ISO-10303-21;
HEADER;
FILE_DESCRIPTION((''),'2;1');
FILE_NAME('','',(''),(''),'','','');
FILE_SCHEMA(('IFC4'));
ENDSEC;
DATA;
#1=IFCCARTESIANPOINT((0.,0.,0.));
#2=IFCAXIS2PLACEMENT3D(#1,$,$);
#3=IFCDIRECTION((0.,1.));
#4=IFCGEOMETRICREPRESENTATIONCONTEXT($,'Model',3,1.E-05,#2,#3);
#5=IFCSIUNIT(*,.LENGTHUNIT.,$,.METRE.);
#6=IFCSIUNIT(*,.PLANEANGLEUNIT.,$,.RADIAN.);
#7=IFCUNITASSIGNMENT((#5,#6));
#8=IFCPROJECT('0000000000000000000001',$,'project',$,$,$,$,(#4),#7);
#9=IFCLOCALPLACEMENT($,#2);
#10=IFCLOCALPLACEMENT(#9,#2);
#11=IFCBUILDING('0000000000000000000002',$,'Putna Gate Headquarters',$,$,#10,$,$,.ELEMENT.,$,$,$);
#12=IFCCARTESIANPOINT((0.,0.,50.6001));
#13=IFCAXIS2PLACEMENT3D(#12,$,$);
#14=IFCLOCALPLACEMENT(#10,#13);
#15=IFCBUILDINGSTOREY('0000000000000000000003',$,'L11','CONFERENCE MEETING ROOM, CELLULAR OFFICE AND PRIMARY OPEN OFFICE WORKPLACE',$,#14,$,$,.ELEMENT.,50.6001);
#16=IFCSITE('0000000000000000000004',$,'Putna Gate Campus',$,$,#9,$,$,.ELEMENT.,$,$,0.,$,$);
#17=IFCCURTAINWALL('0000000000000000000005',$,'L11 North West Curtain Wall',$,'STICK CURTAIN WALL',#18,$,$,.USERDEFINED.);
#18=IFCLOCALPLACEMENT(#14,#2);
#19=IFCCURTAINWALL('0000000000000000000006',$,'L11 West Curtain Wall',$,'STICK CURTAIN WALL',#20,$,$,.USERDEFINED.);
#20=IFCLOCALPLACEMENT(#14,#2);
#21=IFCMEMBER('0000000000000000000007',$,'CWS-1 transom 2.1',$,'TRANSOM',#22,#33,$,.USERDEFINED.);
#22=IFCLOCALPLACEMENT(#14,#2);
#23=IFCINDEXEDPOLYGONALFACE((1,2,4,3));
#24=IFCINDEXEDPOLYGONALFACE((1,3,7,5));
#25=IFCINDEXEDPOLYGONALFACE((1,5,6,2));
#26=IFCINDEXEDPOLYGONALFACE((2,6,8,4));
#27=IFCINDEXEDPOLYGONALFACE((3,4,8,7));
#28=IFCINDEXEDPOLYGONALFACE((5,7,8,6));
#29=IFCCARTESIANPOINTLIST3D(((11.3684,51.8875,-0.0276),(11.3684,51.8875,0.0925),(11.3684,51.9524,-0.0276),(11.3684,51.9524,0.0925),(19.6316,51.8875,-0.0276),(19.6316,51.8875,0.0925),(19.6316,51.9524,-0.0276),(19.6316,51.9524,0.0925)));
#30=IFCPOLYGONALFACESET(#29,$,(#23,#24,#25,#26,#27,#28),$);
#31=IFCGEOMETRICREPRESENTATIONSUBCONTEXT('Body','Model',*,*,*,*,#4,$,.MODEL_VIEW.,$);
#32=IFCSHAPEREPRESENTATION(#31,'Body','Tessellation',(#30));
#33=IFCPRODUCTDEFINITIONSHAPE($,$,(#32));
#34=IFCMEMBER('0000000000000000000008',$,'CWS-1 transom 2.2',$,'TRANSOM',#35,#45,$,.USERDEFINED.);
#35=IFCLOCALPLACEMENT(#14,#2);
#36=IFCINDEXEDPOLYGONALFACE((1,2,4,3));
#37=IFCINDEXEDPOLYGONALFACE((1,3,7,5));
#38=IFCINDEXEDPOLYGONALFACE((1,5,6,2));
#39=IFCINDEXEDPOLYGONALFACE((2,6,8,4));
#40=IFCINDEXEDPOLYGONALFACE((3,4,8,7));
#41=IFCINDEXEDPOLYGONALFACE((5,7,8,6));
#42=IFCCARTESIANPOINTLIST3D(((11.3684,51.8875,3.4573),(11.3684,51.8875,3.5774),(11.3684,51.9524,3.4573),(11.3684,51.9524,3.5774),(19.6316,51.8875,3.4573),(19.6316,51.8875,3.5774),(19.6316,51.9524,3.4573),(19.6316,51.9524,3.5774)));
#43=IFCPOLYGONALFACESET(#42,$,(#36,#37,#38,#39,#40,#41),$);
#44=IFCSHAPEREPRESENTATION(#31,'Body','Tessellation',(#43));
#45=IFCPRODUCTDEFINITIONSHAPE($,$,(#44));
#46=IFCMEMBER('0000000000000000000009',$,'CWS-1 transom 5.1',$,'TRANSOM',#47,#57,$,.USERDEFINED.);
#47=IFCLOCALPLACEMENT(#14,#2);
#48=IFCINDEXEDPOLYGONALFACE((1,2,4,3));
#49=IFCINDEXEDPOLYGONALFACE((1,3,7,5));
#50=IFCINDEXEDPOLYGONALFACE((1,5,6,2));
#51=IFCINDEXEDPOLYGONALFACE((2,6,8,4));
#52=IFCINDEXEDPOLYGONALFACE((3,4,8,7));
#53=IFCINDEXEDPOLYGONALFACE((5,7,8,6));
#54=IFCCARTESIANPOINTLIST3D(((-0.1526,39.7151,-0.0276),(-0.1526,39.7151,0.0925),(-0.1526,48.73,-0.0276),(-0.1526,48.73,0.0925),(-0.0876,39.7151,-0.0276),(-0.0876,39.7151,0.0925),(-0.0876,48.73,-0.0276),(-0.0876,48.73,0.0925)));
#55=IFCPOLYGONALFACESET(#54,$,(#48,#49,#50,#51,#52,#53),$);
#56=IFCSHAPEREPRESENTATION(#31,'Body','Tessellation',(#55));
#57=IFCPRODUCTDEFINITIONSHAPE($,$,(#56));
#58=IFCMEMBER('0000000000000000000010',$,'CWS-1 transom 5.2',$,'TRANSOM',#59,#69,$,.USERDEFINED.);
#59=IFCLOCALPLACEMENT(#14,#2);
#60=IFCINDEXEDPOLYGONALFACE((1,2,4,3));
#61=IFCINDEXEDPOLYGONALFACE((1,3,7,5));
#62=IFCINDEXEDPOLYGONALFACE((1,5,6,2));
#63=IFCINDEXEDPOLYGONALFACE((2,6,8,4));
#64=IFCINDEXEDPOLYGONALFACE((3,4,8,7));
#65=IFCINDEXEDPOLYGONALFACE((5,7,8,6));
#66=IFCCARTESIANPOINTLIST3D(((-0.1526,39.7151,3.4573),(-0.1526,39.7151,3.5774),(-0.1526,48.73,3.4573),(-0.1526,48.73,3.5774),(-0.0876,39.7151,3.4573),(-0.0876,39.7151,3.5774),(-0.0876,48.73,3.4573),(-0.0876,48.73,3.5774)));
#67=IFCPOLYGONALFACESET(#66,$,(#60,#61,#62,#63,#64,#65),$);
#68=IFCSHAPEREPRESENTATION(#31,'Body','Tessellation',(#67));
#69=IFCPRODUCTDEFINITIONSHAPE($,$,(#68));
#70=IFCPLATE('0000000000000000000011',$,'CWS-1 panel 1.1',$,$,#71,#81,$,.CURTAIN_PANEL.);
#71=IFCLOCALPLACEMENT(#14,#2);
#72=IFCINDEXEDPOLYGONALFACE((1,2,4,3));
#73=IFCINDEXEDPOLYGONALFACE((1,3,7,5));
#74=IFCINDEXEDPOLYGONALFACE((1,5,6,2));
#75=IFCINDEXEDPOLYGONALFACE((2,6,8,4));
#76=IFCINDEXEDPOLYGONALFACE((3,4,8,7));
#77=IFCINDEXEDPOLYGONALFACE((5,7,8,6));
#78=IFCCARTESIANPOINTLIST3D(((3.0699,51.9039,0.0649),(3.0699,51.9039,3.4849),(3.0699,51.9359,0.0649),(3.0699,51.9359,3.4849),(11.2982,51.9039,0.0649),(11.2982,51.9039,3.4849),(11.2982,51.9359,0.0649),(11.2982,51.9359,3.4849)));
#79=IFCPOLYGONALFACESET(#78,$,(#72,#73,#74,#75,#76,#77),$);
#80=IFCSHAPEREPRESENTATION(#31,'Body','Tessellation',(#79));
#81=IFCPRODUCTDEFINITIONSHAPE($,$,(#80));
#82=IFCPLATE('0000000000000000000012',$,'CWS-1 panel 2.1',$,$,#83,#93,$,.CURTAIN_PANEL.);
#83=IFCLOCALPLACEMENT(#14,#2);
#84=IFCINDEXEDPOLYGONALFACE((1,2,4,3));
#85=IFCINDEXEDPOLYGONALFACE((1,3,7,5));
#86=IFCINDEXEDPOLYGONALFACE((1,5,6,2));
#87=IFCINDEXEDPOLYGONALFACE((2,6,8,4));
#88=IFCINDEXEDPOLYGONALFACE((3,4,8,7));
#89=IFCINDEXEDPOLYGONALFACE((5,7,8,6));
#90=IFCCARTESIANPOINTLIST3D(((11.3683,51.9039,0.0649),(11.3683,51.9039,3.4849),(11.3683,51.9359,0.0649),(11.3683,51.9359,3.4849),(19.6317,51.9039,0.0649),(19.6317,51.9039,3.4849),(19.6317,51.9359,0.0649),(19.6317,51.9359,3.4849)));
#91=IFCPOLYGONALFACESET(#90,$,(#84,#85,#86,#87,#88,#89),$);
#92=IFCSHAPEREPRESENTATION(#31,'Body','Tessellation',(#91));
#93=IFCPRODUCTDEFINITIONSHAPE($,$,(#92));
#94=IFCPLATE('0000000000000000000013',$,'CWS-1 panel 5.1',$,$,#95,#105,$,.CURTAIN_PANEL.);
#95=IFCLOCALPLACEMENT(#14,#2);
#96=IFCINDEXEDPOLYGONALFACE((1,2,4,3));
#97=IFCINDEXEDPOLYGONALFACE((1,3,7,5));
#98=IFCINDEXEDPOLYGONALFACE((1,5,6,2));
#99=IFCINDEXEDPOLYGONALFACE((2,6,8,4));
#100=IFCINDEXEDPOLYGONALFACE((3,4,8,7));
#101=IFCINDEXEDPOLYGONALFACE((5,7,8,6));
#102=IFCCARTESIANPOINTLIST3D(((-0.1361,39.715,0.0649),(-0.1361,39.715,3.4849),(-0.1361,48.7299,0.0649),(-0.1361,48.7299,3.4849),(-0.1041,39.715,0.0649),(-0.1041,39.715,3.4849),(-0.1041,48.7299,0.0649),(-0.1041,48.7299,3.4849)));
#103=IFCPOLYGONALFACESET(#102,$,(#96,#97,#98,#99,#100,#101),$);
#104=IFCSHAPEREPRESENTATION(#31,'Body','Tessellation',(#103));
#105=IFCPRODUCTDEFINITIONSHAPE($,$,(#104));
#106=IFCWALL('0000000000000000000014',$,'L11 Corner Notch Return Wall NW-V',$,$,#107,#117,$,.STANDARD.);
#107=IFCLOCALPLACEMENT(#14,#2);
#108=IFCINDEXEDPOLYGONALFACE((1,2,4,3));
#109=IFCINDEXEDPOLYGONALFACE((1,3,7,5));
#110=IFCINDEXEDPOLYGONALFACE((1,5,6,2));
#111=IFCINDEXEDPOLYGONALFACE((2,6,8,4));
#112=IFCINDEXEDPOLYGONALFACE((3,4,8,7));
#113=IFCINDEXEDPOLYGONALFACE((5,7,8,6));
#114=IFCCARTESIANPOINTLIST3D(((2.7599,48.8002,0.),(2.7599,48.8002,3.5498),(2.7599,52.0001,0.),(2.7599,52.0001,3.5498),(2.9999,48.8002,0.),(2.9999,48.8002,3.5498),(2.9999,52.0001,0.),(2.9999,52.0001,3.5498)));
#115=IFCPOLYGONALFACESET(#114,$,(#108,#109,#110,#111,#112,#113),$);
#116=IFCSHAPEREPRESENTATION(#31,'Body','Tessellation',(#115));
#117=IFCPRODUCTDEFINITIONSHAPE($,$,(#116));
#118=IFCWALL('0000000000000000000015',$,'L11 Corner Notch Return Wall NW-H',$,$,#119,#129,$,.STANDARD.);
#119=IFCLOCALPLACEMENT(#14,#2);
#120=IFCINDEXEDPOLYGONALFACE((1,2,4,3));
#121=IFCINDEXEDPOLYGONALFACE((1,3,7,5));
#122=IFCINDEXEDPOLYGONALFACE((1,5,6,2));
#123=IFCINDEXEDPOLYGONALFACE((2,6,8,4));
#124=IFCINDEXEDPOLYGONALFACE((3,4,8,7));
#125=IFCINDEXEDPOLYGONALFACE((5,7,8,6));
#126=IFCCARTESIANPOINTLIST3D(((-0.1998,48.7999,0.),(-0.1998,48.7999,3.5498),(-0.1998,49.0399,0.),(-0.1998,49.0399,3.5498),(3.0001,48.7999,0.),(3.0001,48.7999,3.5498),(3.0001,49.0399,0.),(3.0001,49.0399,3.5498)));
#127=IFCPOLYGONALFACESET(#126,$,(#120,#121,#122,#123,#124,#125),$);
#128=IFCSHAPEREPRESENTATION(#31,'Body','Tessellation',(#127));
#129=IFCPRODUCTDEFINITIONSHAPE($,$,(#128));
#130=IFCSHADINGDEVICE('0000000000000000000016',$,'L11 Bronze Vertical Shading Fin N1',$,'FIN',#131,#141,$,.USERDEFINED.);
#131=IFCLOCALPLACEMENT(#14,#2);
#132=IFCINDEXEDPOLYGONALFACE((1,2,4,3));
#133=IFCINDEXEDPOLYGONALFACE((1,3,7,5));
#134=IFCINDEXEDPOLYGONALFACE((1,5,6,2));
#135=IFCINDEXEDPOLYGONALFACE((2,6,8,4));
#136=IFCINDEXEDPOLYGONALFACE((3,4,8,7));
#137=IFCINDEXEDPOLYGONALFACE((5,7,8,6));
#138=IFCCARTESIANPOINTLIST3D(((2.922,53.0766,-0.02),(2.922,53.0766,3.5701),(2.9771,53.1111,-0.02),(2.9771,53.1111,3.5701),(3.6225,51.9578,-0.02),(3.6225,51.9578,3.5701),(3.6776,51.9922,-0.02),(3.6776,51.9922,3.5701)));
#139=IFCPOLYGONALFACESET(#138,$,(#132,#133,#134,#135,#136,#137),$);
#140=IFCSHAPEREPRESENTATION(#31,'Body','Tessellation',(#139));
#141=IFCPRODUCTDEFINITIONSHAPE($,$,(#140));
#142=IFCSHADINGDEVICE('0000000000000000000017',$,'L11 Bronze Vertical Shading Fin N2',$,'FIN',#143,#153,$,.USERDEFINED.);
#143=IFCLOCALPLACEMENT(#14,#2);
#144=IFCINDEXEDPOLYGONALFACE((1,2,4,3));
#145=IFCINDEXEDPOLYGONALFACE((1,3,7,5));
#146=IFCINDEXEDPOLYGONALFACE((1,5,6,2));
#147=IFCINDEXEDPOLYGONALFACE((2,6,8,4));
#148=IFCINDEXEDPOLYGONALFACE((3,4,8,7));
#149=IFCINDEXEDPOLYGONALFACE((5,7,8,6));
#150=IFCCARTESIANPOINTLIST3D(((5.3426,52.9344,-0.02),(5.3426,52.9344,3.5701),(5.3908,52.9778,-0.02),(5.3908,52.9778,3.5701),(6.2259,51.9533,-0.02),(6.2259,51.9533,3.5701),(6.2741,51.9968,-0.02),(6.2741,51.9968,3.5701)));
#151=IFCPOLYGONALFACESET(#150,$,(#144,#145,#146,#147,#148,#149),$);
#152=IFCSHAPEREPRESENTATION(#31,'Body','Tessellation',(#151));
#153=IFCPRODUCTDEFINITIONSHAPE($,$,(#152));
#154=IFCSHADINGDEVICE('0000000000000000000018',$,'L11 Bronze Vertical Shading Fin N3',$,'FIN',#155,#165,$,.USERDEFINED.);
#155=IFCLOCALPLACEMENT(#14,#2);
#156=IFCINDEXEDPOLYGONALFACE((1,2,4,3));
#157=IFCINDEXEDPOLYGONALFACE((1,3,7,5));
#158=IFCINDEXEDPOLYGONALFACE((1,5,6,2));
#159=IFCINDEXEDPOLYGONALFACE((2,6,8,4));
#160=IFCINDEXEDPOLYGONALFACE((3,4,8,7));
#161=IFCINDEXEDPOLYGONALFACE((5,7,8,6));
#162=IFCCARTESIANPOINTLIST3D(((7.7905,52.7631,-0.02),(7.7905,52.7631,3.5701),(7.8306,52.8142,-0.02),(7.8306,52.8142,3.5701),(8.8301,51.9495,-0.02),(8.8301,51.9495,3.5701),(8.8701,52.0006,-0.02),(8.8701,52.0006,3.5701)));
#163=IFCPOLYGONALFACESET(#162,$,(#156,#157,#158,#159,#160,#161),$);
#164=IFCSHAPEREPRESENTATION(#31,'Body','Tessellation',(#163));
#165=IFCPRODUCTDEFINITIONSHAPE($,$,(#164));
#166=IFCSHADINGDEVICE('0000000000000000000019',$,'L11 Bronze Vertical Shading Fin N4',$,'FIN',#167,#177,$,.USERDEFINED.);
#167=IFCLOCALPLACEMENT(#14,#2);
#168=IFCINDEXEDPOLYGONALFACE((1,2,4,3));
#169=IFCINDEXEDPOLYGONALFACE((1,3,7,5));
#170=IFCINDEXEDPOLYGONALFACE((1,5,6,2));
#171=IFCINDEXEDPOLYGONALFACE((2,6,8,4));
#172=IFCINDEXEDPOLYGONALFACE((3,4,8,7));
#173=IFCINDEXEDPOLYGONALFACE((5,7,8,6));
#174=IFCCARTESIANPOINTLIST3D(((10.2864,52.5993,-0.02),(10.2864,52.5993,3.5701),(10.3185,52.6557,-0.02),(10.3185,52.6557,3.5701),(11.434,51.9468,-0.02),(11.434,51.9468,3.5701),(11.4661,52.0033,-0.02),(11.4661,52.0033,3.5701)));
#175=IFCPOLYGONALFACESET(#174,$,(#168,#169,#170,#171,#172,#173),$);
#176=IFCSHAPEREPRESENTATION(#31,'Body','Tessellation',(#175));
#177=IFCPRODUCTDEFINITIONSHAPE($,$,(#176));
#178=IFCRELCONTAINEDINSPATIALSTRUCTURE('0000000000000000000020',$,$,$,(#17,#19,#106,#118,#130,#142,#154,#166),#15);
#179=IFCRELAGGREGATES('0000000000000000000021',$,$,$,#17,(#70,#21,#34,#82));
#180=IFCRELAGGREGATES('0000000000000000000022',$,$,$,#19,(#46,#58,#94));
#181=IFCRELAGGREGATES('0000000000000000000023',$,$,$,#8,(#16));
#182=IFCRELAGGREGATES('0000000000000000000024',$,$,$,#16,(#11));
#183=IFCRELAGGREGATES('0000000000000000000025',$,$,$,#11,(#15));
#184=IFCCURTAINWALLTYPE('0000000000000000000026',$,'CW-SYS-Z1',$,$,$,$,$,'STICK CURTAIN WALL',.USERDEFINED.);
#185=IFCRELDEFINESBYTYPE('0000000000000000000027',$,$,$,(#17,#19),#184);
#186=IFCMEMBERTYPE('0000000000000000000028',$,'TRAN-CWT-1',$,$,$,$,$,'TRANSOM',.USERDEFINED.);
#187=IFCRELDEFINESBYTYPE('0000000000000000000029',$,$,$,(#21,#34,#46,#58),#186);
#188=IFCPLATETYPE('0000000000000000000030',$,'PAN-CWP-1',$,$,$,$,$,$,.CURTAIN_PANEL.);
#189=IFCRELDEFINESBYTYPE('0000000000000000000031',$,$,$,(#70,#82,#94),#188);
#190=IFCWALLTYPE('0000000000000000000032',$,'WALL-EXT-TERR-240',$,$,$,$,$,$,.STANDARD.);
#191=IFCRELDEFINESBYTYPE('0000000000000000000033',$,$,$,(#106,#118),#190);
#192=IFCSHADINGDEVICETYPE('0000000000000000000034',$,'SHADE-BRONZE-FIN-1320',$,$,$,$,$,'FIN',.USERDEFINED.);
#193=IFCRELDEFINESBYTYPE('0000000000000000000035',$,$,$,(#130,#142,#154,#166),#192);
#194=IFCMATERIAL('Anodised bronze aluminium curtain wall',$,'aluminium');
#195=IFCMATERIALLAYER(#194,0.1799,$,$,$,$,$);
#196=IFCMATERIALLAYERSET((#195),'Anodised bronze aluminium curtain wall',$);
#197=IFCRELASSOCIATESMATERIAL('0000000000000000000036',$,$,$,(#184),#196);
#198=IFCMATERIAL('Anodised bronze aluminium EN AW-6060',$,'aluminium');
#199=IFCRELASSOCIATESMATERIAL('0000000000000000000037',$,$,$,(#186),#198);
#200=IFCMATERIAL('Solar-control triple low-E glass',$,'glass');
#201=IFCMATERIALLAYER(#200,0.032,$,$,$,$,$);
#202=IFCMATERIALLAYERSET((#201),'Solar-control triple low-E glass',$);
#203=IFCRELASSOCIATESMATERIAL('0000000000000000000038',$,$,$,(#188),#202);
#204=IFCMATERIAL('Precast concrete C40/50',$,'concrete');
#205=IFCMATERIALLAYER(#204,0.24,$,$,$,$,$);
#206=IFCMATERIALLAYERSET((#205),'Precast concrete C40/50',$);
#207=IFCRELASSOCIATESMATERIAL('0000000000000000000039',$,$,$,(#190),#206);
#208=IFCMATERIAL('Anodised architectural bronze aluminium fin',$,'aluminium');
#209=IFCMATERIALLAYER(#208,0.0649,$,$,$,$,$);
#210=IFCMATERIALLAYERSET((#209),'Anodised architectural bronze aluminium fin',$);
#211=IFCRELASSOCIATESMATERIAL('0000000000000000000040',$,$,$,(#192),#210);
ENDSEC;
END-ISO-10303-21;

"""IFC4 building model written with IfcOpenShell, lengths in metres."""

from ifc_helpers import new_model, si_unit, direction, frame, frame_2d, origin, origin_2d, place, context, subcontext, project, spatial, rectangle, extrude, material, layer, layer_set, material_profile, profile_set, type_object, element, aggregate, save


model = new_model("IFC4")

# Units and contexts
model_context = context("Model", 3, precision=1e-05, world=origin(), true_north=direction((0.0, 1.0)))
body_context = subcontext(model_context, "Body", "Model", "MODEL_VIEW")
ifc_project = project(units=[si_unit("LENGTHUNIT", "METRE"), si_unit("PLANEANGLEUNIT", "RADIAN")], contexts=[model_context])

# Site, building, storey
site_placement = place(None, origin())
site = spatial("IfcSite", under=ifc_project, at=site_placement, Name="Putna Gate Campus", CompositionType="ELEMENT", RefElevation=0.0)
building_placement = place(site_placement, origin())
building = spatial("IfcBuilding", under=site, at=building_placement, Name="Putna Gate Headquarters", CompositionType="ELEMENT")
storey_placement = place(building_placement, frame((0.0, 0.0, 50.6001)))
storey = spatial("IfcBuildingStorey", under=building, at=storey_placement, Name="L11", Description="CONFERENCE MEETING ROOM, CELLULAR OFFICE AND PRIMARY OPEN OFFICE WORKPLACE", CompositionType="ELEMENT", Elevation=50.6001)

# Curtain walls
ifc_material_1 = material(Name="Anodised bronze aluminium curtain wall", Category="aluminium")
ifc_layer_1 = layer(ifc_material_1, 0.1799)
ifc_layer_set_1 = layer_set([ifc_layer_1], Name="Anodised bronze aluminium curtain wall")
curtain_wall_type = type_object("IfcCurtainWallType", Name="CW-SYS-Z1", ElementType="STICK CURTAIN WALL", PredefinedType="USERDEFINED", material=ifc_layer_set_1)
curtain_wall_1_placement = place(storey_placement, origin())
curtain_wall_1 = element("IfcCurtainWall", 1, at=curtain_wall_1_placement, inside=storey, type_object=curtain_wall_type, Name="L11 North West Curtain Wall", ObjectType="STICK CURTAIN WALL", PredefinedType="USERDEFINED")
ifc_material_2 = material(Name="Anodised bronze aluminium EN AW-6060", Category="aluminium")
curtain_wall_2_placement = place(storey_placement, origin())
curtain_wall_2 = element("IfcCurtainWall", 2, at=curtain_wall_2_placement, inside=storey, type_object=curtain_wall_type, Name="L11 West Curtain Wall", ObjectType="STICK CURTAIN WALL", PredefinedType="USERDEFINED")

# Members
ifc_material_profile_1 = material_profile(ifc_material_2, rectangle(XDim=0.0649, YDim=0.1201, at=origin_2d()), Name="Anodised bronze aluminium EN AW-6060")
ifc_profile_set_1 = profile_set([ifc_material_profile_1], Name="Anodised bronze aluminium EN AW-6060")
member_type_1 = type_object("IfcMemberType", Name="TRAN-CWT-1", ElementType="TRANSOM", PredefinedType="USERDEFINED", material=ifc_profile_set_1)
member_1_placement = place(storey_placement, frame((11.3684, 51.9199, 0.0325), z_axis=(1.0, 0.0, 0.0), x_axis=(0.0, 1.0, 0.0)))
member_1 = element("IfcMember", 3, at=member_1_placement, type_object=member_type_1, Name="CWS-1 transom 2.1", ObjectType="TRANSOM", PredefinedType="USERDEFINED", context=body_context, shape_type="SweptSolid", body=[
    extrude(rectangle(XDim=0.0649, YDim=0.1201, at=origin_2d()), origin(), (0.0, 0.0, 1.0), 8.2632),
])
member_2_placement = place(storey_placement, frame((11.3684, 51.9199, 3.5173), z_axis=(1.0, 0.0, 0.0), x_axis=(0.0, 1.0, 0.0)))
member_2 = element("IfcMember", 4, at=member_2_placement, type_object=member_type_1, Name="CWS-1 transom 2.2", ObjectType="TRANSOM", PredefinedType="USERDEFINED", context=body_context, shape_type="SweptSolid", body=[
    extrude(rectangle(XDim=0.0649, YDim=0.1201, at=origin_2d()), origin(), (0.0, 0.0, 1.0), 8.2632),
])
member_3_placement = place(storey_placement, frame((-0.1201, 39.7151, 0.0325), z_axis=(0.0, 1.0, 0.0), x_axis=(-1.0, 0.0, 0.0)))
member_3 = element("IfcMember", 5, at=member_3_placement, type_object=member_type_1, Name="CWS-1 transom 5.1", ObjectType="TRANSOM", PredefinedType="USERDEFINED", context=body_context, shape_type="SweptSolid", body=[
    extrude(rectangle(XDim=0.0649, YDim=0.1201, at=origin_2d()), origin(), (0.0, 0.0, 1.0), 9.0149),
])
member_4_placement = place(storey_placement, frame((-0.1201, 39.7151, 3.5173), z_axis=(0.0, 1.0, 0.0), x_axis=(-1.0, 0.0, 0.0)))
member_4 = element("IfcMember", 6, at=member_4_placement, type_object=member_type_1, Name="CWS-1 transom 5.2", ObjectType="TRANSOM", PredefinedType="USERDEFINED", context=body_context, shape_type="SweptSolid", body=[
    extrude(rectangle(XDim=0.0649, YDim=0.1201, at=origin_2d()), origin(), (0.0, 0.0, 1.0), 9.0149),
])

# Plates
ifc_material_3 = material(Name="Solar-control triple low-E glass", Category="glass")
ifc_layer_2 = layer(ifc_material_3, 0.032)
ifc_layer_set_2 = layer_set([ifc_layer_2], Name="Solar-control triple low-E glass")
plate_type = type_object("IfcPlateType", Name="PAN-CWP-1", PredefinedType="CURTAIN_PANEL", material=ifc_layer_set_2)
plate_1_placement = place(storey_placement, frame((7.1841, 51.9199, 0.0649), z_axis=(0.0, 0.0, 1.0), x_axis=(1.0, 0.0, 0.0)))
plate_1 = element("IfcPlate", 7, at=plate_1_placement, type_object=plate_type, Name="CWS-1 panel 1.1", PredefinedType="CURTAIN_PANEL", context=body_context, shape_type="SweptSolid", body=[
    extrude(rectangle(XDim=8.2283, YDim=0.032, at=origin_2d()), origin(), (0.0, 0.0, 1.0), 3.4199),
])
plate_2_placement = place(storey_placement, frame((15.5, 51.9199, 0.0649), z_axis=(0.0, 0.0, 1.0), x_axis=(1.0, 0.0, 0.0)))
plate_2 = element("IfcPlate", 8, at=plate_2_placement, type_object=plate_type, Name="CWS-1 panel 2.1", PredefinedType="CURTAIN_PANEL", context=body_context, shape_type="SweptSolid", body=[
    extrude(rectangle(XDim=8.2634, YDim=0.032, at=origin_2d()), origin(), (0.0, 0.0, 1.0), 3.4199),
])
aggregate(curtain_wall_1, [plate_1, member_1, member_2, plate_2])
plate_3_placement = place(storey_placement, frame((-0.1201, 44.2224, 0.0649), z_axis=(0.0, 0.0, 1.0), x_axis=(0.0, 1.0, 0.0)))
plate_3 = element("IfcPlate", 9, at=plate_3_placement, type_object=plate_type, Name="CWS-1 panel 5.1", PredefinedType="CURTAIN_PANEL", context=body_context, shape_type="SweptSolid", body=[
    extrude(rectangle(XDim=9.0149, YDim=0.032, at=origin_2d()), origin(), (0.0, 0.0, 1.0), 3.4199),
])
aggregate(curtain_wall_2, [member_3, member_4, plate_3])

# Walls
ifc_material_4 = material(Name="Precast concrete C40/50", Category="concrete")
ifc_layer_3 = layer(ifc_material_4, 0.24)
ifc_layer_set_3 = layer_set([ifc_layer_3], Name="Precast concrete C40/50")
wall_type = type_object("IfcWallType", Name="WALL-EXT-TERR-240", PredefinedType="STANDARD", material=ifc_layer_set_3)
for number, where, z_axis, x_axis, name in (
    (10, (2.8799, 48.8, 0.0), (0.0, 0.0, 1.0), (0.0, 1.0, 0.0), "L11 Corner Notch Return Wall NW-V"),
    (11, (-0.2, 48.9199, 0.0), (0.0, 0.0, 1.0), (1.0, 0.0, 0.0), "L11 Corner Notch Return Wall NW-H"),
):
    element("IfcWall", number, at=place(storey_placement, frame(where, z_axis=z_axis, x_axis=x_axis)), inside=storey, type_object=wall_type, Name=name, PredefinedType="STANDARD", context=body_context, shape_type="SweptSolid", body=[
        extrude(rectangle(XDim=3.2, YDim=0.24, at=frame_2d((1.6001, 0.0))), origin(), (0.0, 0.0, 1.0), 3.5498),
    ])

# Shading devices
ifc_material_5 = material(Name="Anodised architectural bronze aluminium fin", Category="aluminium")
ifc_layer_4 = layer(ifc_material_5, 0.0649)
ifc_layer_set_4 = layer_set([ifc_layer_4], Name="Anodised architectural bronze aluminium fin")
shading_device_type = type_object("IfcShadingDeviceType", Name="SHADE-BRONZE-FIN-1320", ElementType="FIN", PredefinedType="USERDEFINED", material=ifc_layer_set_4)
for number, where, z_axis, x_axis, name in (
    (12, (3.2998, 52.5344, -0.02), (0.0, 0.0, 1.0), (-0.530659, 0.847585, 0.0), "L11 Bronze Vertical Shading Fin N1"),
    (13, (5.8083, 52.4656, -0.02), (0.0, 0.0, 1.0), (-0.669131, 0.743145, 0.0), "L11 Bronze Vertical Shading Fin N2"),
    (14, (8.3303, 52.3818, -0.02), (0.0, 0.0, 1.0), (-0.787473, 0.616349, 0.0), "L11 Bronze Vertical Shading Fin N3"),
    (15, (10.8762, 52.3013, -0.02), (0.0, 0.0, 1.0), (-0.869322, 0.494245, 0.0), "L11 Bronze Vertical Shading Fin N4"),
):
    element("IfcShadingDevice", number, at=place(storey_placement, frame(where, z_axis=z_axis, x_axis=x_axis)), inside=storey, type_object=shading_device_type, Name=name, ObjectType="FIN", PredefinedType="USERDEFINED", context=body_context, shape_type="SweptSolid", body=[
        extrude(rectangle(XDim=1.3201, YDim=0.0649, at=origin_2d()), origin(), (0.0, 0.0, 1.0), 3.5901),
    ])

save(model, "model.ifc")
